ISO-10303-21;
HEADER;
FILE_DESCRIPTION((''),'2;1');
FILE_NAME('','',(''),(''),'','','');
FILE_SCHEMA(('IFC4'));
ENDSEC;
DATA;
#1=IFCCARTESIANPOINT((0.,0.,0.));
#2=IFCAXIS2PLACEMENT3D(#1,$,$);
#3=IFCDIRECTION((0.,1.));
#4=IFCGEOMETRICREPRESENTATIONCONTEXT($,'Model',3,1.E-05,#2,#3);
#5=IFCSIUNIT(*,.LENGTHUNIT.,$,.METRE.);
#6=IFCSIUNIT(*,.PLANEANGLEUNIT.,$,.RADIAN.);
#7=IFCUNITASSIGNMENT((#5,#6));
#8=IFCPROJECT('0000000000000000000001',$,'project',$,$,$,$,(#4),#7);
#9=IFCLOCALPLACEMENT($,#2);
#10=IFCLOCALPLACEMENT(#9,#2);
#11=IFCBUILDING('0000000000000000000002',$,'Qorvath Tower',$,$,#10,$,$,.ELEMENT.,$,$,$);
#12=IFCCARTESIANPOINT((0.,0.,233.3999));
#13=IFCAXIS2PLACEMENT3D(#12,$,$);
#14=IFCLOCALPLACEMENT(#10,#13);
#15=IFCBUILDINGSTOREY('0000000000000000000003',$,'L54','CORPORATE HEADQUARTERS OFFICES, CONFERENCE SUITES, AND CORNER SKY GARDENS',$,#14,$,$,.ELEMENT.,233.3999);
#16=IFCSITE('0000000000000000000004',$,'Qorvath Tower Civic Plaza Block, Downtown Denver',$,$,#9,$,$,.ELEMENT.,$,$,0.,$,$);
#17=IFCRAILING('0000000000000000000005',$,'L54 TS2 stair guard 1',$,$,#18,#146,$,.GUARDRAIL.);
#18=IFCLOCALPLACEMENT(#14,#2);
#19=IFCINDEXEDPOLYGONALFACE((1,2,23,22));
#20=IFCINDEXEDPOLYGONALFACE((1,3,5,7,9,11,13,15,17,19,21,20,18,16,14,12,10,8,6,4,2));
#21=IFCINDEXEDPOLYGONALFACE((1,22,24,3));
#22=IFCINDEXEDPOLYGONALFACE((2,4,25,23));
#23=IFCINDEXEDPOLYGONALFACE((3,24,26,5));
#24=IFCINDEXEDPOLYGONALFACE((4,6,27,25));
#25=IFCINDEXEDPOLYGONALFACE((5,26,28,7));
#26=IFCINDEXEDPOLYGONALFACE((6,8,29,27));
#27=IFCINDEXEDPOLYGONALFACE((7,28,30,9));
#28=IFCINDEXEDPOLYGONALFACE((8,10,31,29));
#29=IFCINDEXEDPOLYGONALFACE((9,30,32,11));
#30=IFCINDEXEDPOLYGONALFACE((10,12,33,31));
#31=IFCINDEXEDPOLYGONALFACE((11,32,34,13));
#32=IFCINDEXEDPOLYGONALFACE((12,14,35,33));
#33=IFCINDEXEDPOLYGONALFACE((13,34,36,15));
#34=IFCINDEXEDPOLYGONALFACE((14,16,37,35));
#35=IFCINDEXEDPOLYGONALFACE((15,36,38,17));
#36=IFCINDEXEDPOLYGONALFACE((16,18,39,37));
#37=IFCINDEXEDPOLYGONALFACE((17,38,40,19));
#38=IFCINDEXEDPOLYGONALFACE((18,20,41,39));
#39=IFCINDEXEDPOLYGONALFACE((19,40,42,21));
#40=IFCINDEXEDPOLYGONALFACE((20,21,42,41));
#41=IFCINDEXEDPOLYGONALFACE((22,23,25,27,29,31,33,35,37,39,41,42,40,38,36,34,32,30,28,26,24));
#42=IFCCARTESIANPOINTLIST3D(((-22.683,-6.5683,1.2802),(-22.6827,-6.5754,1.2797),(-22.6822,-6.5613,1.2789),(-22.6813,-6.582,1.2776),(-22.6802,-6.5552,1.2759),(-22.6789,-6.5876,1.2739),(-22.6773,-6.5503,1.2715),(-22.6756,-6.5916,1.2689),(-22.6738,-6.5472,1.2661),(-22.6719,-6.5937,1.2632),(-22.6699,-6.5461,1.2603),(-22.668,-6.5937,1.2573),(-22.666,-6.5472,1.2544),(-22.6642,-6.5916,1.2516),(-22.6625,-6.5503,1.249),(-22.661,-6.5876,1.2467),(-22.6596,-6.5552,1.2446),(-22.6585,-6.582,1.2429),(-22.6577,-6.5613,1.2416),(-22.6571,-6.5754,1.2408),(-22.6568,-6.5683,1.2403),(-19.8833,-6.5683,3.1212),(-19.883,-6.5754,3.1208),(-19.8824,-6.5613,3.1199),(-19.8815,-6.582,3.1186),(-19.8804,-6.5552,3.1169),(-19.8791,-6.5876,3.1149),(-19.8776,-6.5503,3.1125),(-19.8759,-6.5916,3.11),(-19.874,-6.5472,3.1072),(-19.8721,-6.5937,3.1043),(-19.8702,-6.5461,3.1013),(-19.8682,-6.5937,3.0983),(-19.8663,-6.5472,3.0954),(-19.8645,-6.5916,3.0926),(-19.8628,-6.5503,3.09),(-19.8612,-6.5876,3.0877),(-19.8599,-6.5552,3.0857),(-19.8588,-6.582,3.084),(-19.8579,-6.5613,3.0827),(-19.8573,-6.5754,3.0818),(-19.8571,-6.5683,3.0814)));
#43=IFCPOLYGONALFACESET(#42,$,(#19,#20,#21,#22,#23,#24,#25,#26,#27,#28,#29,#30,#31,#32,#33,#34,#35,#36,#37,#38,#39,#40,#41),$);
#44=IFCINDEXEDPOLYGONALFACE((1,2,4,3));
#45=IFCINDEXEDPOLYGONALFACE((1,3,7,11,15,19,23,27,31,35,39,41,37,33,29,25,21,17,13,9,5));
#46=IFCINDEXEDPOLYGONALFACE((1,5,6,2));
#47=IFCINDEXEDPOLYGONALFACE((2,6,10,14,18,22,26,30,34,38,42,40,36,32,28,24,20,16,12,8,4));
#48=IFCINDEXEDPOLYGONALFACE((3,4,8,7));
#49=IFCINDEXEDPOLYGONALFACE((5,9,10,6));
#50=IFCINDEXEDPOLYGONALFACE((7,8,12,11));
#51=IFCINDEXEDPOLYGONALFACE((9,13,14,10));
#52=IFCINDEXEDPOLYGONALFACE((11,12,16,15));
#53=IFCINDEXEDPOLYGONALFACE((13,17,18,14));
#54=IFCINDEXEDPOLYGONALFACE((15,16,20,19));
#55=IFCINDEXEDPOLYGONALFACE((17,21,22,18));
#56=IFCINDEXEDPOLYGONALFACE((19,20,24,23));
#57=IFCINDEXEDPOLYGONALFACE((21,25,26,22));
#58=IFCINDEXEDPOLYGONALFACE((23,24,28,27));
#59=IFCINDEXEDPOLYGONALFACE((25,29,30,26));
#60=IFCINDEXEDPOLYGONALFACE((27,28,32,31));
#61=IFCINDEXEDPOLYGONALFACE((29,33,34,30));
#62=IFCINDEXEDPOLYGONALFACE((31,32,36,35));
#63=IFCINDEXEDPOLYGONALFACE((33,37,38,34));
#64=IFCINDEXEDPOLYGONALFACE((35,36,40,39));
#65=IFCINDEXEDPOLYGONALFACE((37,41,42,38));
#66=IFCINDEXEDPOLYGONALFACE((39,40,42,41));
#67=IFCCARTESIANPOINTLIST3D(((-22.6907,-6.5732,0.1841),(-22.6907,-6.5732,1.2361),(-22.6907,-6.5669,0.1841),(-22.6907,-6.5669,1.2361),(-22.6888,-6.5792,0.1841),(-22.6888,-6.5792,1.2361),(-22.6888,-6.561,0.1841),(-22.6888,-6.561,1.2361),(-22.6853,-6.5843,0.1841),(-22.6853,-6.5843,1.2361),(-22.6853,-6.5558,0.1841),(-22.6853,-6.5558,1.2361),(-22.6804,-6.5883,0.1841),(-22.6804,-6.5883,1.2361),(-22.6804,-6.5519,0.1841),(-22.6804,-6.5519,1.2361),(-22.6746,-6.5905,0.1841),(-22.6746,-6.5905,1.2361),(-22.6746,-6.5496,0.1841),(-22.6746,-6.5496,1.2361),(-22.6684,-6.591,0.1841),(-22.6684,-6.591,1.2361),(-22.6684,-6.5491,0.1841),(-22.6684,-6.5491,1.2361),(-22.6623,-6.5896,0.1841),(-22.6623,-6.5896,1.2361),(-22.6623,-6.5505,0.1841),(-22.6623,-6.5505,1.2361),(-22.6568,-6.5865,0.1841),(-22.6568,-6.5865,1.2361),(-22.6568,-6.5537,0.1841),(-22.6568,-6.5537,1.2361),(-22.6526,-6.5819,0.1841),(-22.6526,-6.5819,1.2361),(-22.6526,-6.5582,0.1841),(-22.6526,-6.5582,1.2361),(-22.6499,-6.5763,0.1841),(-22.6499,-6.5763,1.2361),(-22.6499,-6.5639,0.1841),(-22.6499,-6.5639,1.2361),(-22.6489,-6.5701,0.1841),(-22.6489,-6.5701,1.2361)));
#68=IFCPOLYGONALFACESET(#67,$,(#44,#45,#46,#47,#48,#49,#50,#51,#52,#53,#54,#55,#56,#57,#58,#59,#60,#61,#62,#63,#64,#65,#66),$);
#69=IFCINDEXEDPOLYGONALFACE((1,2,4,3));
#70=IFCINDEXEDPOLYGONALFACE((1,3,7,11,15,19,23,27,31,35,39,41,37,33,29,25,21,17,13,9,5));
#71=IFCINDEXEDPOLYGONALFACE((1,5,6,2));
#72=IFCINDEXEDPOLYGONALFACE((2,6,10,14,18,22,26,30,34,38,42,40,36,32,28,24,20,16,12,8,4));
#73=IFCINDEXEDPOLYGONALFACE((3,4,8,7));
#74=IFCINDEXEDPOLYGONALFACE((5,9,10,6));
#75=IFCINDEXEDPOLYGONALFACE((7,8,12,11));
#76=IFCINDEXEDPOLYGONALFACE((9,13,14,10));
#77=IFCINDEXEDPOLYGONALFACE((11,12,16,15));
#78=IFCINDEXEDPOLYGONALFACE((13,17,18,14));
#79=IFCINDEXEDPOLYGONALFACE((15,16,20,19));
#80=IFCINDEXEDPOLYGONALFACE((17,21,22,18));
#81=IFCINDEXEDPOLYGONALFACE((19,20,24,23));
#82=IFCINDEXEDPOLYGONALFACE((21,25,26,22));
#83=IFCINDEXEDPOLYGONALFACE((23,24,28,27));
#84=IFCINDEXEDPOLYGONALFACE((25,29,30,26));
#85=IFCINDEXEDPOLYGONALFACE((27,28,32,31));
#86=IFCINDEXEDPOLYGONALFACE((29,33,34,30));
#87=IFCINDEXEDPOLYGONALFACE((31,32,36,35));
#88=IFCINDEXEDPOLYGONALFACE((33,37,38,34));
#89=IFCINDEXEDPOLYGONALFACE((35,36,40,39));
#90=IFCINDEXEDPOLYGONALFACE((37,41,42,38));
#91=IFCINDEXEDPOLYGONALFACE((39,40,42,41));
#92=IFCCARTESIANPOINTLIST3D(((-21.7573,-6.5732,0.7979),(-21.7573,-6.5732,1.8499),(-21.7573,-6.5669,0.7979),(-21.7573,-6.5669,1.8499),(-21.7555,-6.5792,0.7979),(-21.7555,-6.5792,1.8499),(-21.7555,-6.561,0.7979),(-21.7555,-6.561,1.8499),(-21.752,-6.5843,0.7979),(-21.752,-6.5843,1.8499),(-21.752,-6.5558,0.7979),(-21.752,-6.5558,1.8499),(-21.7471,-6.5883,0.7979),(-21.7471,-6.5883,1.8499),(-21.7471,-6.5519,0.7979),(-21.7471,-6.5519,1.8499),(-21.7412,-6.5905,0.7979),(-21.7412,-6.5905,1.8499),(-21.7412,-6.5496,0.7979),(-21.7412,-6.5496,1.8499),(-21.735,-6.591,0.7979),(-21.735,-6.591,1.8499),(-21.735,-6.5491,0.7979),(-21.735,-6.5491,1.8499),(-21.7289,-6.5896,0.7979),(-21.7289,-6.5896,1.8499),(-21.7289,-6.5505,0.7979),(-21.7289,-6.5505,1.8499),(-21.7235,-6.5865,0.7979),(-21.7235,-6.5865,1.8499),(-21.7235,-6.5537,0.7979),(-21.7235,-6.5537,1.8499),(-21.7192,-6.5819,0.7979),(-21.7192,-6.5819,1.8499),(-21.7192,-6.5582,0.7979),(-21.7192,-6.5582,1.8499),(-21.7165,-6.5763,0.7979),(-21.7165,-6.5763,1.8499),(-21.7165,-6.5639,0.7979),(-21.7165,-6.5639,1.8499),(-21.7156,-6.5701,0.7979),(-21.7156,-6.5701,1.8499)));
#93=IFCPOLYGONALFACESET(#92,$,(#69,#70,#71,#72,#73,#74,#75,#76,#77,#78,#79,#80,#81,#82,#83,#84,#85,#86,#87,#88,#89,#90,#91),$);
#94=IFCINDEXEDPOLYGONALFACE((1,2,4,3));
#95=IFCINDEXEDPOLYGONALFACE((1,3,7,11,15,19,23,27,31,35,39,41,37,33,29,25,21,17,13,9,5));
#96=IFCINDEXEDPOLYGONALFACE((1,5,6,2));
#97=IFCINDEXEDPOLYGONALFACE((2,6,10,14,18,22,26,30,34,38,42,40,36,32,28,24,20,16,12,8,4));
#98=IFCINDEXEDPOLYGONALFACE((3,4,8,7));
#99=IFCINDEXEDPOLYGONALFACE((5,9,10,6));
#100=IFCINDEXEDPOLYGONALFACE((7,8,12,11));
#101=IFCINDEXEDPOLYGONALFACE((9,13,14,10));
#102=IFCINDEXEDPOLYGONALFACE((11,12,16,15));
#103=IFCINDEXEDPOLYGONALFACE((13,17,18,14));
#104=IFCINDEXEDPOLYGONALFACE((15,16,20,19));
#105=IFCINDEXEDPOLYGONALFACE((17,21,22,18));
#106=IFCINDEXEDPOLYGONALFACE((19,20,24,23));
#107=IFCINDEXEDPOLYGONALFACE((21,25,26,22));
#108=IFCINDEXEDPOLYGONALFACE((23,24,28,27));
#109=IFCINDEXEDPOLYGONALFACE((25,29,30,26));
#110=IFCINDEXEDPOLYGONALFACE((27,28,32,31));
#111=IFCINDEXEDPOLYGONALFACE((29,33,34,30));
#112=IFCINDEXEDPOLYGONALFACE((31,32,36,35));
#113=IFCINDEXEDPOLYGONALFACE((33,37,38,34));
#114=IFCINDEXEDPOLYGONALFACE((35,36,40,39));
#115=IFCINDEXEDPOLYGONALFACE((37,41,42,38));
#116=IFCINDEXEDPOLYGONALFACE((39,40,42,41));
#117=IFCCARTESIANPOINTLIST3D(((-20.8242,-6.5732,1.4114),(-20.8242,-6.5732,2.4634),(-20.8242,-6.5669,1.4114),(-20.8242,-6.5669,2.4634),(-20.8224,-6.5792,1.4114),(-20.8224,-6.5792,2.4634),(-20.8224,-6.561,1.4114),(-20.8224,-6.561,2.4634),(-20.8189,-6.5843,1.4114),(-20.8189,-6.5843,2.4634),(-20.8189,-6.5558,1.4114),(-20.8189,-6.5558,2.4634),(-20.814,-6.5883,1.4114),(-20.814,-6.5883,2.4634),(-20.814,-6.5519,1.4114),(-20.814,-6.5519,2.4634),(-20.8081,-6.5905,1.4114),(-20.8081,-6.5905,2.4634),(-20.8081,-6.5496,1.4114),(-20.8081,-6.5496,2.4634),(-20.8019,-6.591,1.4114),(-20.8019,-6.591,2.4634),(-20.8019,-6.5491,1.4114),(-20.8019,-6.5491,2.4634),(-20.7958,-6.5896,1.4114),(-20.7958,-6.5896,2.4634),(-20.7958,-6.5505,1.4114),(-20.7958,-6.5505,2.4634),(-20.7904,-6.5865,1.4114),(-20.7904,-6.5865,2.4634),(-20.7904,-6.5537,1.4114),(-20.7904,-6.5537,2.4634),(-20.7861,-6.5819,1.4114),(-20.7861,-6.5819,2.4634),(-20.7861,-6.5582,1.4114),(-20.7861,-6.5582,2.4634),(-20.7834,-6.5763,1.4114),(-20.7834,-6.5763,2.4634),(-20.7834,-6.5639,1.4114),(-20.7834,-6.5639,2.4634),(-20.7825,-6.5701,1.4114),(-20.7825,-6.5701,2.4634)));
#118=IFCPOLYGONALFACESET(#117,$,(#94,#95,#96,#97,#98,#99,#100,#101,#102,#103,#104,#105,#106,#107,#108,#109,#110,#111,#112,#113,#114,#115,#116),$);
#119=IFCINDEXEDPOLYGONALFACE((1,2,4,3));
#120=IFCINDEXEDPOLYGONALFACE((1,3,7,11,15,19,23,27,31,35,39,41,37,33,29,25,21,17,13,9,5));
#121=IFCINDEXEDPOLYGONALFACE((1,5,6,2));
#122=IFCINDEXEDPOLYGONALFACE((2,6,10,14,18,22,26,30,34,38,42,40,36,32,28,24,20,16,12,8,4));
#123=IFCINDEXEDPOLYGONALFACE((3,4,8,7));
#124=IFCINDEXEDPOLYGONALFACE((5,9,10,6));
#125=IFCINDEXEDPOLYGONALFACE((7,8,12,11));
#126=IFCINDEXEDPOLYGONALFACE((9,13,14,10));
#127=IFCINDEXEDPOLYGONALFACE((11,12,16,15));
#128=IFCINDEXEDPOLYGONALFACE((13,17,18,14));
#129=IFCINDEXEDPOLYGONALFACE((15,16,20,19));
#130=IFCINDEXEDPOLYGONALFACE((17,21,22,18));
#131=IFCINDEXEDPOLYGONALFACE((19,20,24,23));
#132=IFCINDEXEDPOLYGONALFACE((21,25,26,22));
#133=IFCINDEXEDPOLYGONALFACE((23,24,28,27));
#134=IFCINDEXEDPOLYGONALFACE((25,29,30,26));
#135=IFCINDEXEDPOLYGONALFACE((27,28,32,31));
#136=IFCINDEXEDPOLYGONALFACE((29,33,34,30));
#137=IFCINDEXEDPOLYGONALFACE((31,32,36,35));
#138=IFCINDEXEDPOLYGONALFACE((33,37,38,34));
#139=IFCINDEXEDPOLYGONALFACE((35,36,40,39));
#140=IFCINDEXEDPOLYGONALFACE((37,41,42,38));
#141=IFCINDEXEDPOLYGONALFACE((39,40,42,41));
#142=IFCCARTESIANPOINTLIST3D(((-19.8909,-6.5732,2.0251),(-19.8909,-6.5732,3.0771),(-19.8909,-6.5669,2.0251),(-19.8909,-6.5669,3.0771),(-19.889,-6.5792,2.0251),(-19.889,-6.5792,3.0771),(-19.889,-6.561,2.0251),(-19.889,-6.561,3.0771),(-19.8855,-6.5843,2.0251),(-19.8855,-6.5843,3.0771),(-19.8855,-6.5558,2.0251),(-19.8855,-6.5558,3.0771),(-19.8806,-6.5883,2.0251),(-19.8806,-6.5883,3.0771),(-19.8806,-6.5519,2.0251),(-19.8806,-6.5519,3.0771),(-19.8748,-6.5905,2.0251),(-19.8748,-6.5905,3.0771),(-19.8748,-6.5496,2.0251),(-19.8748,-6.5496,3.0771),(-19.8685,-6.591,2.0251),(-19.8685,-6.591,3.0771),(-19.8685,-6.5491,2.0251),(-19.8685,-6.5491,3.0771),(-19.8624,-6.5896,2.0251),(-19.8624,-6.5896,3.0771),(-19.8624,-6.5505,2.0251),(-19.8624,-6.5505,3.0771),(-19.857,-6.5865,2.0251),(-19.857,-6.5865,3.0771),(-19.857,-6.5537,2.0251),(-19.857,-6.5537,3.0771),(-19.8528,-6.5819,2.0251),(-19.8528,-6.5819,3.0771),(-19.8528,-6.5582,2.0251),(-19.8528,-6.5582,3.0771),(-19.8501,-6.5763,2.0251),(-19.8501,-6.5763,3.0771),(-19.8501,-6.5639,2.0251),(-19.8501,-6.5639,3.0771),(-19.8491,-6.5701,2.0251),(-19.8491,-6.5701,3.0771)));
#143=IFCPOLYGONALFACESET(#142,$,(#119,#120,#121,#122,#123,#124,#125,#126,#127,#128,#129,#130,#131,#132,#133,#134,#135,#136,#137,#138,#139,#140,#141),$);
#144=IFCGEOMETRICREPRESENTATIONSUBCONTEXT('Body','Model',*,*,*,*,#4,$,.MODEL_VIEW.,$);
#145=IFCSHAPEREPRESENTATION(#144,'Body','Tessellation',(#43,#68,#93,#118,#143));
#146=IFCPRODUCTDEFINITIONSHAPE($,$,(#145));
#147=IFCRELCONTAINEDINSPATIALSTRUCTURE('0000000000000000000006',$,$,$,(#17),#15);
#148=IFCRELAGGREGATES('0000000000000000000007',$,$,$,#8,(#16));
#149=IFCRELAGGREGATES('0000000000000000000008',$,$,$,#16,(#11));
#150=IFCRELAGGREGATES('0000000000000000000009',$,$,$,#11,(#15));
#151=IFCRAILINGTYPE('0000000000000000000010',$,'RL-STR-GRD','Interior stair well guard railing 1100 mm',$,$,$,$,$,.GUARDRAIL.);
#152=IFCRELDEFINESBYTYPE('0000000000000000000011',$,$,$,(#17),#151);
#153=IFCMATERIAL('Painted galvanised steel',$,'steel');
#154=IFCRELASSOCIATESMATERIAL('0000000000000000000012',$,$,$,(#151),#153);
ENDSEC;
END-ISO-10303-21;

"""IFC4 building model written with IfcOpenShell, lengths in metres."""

from ifc_helpers import new_model, si_unit, direction, frame, origin, origin_2d, place, context, subcontext, project, spatial, circle, extrude, material, type_object, element, save


model = new_model("IFC4")

# Units and contexts
model_context = context("Model", 3, precision=1e-05, world=origin(), true_north=direction((0.0, 1.0)))
body_context = subcontext(model_context, "Body", "Model", "MODEL_VIEW")
ifc_project = project(units=[si_unit("LENGTHUNIT", "METRE"), si_unit("PLANEANGLEUNIT", "RADIAN")], contexts=[model_context])

# Site, building, storey
site_placement = place(None, origin())
site = spatial("IfcSite", under=ifc_project, at=site_placement, Name="Qorvath Tower Civic Plaza Block, Downtown Denver", CompositionType="ELEMENT", RefElevation=0.0)
building_placement = place(site_placement, origin())
building = spatial("IfcBuilding", under=site, at=building_placement, Name="Qorvath Tower", CompositionType="ELEMENT")
storey_placement = place(building_placement, frame((0.0, 0.0, 233.3999)))
storey = spatial("IfcBuildingStorey", under=building, at=storey_placement, Name="L54", Description="CORPORATE HEADQUARTERS OFFICES, CONFERENCE SUITES, AND CORNER SKY GARDENS", CompositionType="ELEMENT", Elevation=233.3999)

# Railing
ifc_material_1 = material(Name="Painted galvanised steel", Category="steel")
railing_type_1 = type_object("IfcRailingType", Name="RL-STR-GRD", Description="Interior stair well guard railing 1100 mm", PredefinedType="GUARDRAIL", material=ifc_material_1)
railing_1_placement = place(storey_placement, frame((-22.6699, -6.5701, 0.1841)))
element("IfcRailing", 1, at=railing_1_placement, inside=storey, type_object=railing_type_1, Name="L54 TS2 stair guard 1", PredefinedType="GUARDRAIL", context=body_context, shape_type="SweptSolid", body=[
    extrude(circle(Radius=0.0239, at=origin_2d()), frame((0.0, 0.0, 1.0762), z_axis=(0.835542, 0.0, 0.549426), x_axis=(0.0, 1.0, 0.0)), (0.0, 0.0, 1.0), 3.3508),
    extrude(circle(Radius=0.021, at=origin_2d()), origin(), (0.0, 0.0, 1.0), 1.052),
    extrude(circle(Radius=0.021, at=origin_2d()), frame((0.9333, 0.0, 0.6138)), (0.0, 0.0, 1.0), 1.052),
    extrude(circle(Radius=0.021, at=origin_2d()), frame((1.8665, 0.0, 1.2273)), (0.0, 0.0, 1.0), 1.052),
    extrude(circle(Radius=0.021, at=origin_2d()), frame((2.7998, 0.0, 1.8411)), (0.0, 0.0, 1.0), 1.052),
])

save(model, "model.ifc")
